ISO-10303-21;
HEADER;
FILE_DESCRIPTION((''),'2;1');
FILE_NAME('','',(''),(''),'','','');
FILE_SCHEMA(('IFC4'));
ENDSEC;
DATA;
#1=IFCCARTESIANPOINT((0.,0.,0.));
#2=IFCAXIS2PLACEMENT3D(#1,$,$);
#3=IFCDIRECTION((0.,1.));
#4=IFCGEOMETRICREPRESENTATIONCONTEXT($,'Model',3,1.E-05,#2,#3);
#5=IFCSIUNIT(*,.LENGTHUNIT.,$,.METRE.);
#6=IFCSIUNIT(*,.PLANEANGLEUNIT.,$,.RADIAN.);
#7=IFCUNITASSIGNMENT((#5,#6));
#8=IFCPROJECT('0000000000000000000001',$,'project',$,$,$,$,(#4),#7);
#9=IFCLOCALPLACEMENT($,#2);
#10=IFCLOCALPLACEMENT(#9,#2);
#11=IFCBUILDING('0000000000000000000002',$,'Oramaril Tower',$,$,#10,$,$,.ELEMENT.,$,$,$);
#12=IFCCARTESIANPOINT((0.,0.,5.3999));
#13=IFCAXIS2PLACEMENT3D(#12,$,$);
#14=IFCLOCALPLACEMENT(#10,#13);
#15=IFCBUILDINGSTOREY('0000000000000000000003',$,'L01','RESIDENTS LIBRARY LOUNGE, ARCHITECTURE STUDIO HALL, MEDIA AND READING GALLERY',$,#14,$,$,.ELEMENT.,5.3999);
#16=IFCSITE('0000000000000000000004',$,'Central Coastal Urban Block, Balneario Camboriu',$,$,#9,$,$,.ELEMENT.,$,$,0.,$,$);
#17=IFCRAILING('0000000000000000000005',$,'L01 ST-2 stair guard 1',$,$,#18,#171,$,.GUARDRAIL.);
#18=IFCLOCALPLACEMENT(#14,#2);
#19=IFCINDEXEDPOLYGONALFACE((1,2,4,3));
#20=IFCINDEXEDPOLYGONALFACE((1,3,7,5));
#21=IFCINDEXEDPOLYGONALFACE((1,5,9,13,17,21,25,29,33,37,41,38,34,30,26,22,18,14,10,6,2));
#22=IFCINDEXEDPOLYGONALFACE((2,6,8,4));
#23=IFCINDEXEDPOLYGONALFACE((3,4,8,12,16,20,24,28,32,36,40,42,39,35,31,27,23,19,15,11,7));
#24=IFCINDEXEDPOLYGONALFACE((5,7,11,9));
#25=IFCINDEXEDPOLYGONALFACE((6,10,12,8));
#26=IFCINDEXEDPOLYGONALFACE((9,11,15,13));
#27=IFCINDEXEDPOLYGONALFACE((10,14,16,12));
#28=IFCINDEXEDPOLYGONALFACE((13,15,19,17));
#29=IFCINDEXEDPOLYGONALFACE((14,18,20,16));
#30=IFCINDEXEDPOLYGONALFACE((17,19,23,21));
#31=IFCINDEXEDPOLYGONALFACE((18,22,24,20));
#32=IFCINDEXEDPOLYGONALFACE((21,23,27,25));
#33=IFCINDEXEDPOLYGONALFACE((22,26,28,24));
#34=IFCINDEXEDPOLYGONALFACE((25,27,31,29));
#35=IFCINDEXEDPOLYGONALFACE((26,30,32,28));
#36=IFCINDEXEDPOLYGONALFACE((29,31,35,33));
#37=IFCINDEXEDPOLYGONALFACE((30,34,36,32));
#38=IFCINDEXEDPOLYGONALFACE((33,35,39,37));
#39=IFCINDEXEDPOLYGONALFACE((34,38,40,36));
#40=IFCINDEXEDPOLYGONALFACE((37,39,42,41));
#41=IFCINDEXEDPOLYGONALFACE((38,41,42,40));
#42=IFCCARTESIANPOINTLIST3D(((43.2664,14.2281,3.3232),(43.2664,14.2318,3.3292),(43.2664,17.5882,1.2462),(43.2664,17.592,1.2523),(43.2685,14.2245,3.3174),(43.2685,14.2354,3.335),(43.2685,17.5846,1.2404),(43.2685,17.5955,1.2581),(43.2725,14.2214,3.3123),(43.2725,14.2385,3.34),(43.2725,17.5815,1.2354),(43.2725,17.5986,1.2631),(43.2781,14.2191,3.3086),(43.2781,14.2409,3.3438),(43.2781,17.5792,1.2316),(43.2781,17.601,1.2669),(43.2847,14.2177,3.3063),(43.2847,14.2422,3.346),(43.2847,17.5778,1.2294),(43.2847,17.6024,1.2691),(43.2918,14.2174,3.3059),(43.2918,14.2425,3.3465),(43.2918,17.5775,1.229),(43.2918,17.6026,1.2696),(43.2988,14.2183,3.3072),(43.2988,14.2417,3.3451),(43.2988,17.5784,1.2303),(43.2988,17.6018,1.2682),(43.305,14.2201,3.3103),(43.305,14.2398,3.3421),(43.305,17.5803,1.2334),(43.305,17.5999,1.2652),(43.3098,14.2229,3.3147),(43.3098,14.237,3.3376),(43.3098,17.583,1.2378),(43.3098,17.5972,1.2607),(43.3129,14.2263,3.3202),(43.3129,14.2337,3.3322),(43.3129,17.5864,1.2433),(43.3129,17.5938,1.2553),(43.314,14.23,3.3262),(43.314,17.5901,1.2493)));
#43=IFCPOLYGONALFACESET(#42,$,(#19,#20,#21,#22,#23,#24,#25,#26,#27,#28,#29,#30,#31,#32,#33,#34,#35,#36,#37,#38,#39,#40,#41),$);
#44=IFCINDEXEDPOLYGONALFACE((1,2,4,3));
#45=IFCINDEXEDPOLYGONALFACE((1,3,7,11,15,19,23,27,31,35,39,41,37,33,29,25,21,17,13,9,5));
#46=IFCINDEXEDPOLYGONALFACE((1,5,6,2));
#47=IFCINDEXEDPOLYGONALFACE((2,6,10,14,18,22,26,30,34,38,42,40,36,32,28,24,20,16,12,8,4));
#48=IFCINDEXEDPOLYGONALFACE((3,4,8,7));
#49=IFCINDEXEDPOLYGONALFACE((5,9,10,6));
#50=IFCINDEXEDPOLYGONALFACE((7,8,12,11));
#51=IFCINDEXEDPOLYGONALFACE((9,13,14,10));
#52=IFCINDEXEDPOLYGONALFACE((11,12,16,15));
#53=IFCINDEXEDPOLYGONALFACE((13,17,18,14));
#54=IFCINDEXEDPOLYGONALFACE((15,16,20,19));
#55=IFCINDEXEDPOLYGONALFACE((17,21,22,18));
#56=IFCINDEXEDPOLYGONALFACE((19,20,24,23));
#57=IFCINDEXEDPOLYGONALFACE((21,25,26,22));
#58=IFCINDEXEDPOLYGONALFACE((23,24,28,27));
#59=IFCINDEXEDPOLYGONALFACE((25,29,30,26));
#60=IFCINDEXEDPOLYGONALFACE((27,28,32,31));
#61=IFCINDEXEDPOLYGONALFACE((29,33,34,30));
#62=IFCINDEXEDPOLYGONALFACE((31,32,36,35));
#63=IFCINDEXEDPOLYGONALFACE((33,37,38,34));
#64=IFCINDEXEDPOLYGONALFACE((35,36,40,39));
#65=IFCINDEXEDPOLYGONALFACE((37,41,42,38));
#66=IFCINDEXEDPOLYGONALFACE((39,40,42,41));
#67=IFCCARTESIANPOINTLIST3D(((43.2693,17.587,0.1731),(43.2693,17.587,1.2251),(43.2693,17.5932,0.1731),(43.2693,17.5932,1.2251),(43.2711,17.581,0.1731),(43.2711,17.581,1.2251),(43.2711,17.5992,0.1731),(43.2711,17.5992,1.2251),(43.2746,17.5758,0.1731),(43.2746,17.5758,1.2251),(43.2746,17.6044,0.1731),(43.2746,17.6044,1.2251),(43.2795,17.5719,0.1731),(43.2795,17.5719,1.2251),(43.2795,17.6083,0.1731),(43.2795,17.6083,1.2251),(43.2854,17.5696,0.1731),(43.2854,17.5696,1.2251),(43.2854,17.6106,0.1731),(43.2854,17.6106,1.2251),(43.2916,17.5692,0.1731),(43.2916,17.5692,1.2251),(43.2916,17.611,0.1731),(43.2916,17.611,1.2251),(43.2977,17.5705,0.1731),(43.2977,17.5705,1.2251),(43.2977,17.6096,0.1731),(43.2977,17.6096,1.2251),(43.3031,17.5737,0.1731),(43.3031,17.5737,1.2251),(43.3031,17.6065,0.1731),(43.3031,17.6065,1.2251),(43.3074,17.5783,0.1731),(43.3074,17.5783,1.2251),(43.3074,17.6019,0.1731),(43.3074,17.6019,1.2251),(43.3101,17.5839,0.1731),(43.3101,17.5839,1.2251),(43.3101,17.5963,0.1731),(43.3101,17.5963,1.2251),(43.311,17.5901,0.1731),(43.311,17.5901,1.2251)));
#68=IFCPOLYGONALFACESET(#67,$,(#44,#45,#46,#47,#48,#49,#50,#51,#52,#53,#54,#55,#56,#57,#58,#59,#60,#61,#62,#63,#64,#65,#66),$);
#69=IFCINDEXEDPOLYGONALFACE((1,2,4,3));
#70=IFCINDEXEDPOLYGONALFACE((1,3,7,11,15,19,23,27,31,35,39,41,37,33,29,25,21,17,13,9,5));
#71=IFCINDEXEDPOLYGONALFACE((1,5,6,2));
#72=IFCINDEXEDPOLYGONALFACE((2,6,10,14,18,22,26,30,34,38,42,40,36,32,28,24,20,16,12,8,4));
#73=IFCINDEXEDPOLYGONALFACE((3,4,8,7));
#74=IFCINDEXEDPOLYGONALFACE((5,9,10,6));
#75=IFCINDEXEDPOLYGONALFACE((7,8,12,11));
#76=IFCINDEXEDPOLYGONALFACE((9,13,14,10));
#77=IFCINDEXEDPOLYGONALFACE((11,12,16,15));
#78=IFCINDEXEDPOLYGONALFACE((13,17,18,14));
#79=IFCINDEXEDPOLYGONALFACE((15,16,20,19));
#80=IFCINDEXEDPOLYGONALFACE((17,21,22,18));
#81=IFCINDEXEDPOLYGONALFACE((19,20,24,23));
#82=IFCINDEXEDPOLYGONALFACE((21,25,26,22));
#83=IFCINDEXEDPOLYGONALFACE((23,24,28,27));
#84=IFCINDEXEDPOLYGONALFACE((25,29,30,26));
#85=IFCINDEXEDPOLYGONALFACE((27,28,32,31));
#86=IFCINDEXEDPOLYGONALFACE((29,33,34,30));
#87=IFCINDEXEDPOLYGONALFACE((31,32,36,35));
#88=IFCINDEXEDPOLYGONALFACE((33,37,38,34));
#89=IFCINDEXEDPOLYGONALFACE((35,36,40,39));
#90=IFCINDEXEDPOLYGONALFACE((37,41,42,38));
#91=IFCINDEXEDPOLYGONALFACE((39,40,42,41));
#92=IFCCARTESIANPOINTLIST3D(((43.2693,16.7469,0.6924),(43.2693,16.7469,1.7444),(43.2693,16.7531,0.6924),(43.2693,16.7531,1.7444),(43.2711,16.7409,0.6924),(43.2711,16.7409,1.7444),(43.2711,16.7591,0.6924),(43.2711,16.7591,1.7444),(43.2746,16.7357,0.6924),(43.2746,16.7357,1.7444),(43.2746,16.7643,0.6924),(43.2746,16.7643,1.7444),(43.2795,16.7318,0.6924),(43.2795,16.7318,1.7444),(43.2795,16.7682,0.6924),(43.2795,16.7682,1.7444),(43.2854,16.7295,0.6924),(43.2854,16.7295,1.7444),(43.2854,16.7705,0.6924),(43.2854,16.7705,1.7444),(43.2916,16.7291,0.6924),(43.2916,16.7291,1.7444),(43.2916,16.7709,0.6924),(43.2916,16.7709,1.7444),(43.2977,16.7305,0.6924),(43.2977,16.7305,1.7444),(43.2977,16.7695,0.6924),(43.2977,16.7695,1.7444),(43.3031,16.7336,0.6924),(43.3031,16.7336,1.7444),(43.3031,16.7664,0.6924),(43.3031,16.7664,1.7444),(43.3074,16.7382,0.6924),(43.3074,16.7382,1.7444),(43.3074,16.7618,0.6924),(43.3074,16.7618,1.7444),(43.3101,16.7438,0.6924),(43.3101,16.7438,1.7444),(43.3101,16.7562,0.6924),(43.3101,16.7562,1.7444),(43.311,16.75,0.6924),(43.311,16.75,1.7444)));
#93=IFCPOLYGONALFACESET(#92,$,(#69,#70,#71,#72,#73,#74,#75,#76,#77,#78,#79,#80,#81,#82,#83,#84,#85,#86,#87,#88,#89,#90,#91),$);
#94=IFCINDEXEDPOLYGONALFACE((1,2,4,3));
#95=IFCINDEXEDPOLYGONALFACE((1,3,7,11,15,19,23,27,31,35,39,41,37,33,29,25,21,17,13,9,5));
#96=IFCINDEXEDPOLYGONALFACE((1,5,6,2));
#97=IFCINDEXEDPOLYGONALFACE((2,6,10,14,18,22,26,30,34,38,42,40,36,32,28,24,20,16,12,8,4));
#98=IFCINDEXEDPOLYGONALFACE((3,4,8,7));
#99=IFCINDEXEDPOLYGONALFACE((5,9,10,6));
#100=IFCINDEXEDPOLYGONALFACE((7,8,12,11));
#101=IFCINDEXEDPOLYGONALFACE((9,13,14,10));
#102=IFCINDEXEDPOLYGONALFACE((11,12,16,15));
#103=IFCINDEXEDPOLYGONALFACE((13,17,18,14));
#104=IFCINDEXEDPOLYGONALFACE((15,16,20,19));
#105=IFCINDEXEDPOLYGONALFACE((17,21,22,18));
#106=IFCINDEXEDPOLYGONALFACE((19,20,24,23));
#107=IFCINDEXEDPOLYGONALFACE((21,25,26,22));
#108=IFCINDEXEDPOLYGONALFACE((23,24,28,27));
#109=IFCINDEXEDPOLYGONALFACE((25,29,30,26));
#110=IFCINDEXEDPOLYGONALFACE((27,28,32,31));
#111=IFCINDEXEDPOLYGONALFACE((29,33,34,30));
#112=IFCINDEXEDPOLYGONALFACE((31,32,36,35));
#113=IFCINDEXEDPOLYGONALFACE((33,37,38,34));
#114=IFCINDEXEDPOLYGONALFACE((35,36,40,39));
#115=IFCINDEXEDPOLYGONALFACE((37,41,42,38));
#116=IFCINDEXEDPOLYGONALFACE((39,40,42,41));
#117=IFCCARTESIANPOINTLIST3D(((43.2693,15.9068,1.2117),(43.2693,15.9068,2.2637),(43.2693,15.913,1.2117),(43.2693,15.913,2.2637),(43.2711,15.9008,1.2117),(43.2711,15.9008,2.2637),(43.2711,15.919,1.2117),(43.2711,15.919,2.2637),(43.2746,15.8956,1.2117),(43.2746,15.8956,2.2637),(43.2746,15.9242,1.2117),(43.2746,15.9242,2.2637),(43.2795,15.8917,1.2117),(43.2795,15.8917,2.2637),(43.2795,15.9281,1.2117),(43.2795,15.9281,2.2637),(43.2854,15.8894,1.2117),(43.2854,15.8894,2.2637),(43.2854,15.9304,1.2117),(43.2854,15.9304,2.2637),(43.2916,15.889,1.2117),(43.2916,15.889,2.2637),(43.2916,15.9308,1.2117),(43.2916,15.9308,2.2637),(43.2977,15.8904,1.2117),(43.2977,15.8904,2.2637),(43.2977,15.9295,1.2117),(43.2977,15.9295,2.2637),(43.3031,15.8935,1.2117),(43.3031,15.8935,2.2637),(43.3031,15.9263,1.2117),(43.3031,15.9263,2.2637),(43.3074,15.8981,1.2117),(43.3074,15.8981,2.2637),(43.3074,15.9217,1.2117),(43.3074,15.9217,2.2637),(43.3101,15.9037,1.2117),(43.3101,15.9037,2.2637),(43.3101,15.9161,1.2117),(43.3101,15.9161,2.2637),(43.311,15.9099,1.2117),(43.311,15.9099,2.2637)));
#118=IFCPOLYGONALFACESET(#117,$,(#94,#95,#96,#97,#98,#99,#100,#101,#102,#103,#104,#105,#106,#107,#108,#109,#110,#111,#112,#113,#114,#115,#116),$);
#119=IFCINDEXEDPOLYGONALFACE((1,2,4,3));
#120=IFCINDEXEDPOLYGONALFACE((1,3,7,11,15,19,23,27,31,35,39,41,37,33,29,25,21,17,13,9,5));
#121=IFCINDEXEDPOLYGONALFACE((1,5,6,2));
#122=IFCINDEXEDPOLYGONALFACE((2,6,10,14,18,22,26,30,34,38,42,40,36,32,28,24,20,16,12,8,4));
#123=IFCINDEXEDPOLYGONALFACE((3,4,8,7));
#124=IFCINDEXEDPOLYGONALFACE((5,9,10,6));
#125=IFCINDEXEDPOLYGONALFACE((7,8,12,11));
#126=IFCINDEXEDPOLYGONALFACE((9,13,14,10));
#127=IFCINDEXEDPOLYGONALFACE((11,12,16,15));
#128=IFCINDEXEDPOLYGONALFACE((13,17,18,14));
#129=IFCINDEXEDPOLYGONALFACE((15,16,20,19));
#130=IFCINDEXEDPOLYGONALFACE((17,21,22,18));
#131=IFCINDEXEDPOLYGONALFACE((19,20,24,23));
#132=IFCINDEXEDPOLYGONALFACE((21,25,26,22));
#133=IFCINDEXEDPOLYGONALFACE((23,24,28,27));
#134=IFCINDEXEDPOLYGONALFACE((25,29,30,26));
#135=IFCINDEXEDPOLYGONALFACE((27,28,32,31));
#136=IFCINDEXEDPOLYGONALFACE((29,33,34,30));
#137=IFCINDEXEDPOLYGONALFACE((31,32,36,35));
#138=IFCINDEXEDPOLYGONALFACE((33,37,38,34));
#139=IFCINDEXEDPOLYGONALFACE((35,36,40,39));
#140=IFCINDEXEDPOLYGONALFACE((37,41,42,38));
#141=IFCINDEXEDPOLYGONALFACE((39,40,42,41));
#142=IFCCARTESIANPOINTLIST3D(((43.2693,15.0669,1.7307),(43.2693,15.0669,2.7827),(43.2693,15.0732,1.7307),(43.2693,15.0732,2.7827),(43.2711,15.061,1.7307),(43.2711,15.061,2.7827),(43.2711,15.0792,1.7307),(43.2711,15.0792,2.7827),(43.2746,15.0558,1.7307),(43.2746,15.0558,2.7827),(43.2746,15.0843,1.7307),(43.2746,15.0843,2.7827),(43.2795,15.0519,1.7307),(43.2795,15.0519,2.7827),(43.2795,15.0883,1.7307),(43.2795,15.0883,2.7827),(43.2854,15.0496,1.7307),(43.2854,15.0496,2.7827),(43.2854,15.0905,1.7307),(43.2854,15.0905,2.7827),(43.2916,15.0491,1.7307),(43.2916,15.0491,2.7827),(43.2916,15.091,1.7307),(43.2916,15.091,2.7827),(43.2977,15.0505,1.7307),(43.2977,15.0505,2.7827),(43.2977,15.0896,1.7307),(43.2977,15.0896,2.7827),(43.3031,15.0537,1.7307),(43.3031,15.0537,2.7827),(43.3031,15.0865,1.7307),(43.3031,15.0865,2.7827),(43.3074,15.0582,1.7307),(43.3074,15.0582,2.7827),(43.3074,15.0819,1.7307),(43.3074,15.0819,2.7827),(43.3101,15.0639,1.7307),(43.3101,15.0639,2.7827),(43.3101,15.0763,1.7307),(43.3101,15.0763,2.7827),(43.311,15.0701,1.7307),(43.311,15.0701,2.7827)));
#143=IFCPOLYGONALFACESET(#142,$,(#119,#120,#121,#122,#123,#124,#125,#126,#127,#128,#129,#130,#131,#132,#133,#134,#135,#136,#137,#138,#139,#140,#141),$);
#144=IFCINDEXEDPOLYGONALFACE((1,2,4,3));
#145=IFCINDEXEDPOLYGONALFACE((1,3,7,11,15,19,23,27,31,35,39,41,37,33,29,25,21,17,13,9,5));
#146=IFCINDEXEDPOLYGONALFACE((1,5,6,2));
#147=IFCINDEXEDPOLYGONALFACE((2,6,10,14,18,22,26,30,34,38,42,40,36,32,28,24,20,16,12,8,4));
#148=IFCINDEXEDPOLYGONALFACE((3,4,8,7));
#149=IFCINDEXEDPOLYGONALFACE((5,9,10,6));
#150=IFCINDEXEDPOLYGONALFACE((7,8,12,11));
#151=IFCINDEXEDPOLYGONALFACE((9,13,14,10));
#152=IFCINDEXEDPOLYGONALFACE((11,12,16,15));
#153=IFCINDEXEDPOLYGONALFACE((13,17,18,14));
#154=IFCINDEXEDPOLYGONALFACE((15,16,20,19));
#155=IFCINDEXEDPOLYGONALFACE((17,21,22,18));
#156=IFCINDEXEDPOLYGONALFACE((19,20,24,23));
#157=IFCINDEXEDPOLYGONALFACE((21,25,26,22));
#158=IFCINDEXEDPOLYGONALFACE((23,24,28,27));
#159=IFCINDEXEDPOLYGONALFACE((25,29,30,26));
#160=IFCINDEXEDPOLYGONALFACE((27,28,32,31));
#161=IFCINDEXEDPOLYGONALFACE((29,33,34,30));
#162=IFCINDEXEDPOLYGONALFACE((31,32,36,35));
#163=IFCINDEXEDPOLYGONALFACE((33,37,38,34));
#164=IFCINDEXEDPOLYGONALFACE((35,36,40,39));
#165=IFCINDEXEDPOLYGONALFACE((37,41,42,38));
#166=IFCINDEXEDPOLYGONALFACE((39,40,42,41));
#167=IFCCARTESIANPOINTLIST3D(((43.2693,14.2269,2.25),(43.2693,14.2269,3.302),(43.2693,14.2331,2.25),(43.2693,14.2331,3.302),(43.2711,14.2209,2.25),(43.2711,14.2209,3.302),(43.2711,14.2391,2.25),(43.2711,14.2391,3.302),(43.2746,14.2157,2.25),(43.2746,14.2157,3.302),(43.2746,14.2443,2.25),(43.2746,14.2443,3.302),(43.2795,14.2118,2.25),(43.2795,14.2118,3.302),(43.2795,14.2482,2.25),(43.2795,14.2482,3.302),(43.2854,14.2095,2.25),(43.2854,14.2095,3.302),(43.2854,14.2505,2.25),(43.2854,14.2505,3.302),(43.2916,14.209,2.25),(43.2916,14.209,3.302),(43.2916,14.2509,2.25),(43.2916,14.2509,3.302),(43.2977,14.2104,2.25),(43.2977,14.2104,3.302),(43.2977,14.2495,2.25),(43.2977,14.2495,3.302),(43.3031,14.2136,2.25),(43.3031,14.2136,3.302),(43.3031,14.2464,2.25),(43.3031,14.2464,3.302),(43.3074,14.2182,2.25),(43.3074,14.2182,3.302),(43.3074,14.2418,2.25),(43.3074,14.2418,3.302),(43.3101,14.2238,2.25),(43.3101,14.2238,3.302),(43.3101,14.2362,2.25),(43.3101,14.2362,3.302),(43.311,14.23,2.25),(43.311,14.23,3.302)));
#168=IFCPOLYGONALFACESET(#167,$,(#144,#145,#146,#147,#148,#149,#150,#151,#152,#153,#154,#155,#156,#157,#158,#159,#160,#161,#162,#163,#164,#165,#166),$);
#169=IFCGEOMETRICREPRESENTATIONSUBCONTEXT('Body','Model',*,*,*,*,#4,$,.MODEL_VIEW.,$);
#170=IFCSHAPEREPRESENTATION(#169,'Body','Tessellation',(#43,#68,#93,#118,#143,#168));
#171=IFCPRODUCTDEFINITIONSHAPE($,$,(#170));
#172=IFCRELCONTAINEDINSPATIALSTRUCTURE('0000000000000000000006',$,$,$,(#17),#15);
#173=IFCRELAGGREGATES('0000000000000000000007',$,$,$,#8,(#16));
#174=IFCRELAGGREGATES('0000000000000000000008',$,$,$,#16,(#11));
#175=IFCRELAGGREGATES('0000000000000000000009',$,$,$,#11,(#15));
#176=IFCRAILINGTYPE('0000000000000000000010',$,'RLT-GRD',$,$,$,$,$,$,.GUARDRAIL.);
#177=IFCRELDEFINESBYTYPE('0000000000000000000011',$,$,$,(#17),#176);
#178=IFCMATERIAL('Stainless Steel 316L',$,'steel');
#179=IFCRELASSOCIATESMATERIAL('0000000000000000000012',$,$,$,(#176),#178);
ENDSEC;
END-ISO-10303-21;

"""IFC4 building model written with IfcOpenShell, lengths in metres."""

from ifc_helpers import new_model, si_unit, direction, frame, origin, origin_2d, place, context, subcontext, project, spatial, circle, extrude, material, type_object, element, save


model = new_model("IFC4")

# Units and contexts
model_context = context("Model", 3, precision=1e-05, world=origin(), true_north=direction((0.0, 1.0)))
body_context = subcontext(model_context, "Body", "Model", "MODEL_VIEW")
ifc_project = project(units=[si_unit("LENGTHUNIT", "METRE"), si_unit("PLANEANGLEUNIT", "RADIAN")], contexts=[model_context])

# Site, building, storey
site_placement = place(None, origin())
site = spatial("IfcSite", under=ifc_project, at=site_placement, Name="Central Coastal Urban Block, Balneario Camboriu", CompositionType="ELEMENT", RefElevation=0.0)
building_placement = place(site_placement, origin())
building = spatial("IfcBuilding", under=site, at=building_placement, Name="Oramaril Tower", CompositionType="ELEMENT")
storey_placement = place(building_placement, frame((0.0, 0.0, 5.3999)))
storey = spatial("IfcBuildingStorey", under=building, at=storey_placement, Name="L01", Description="RESIDENTS LIBRARY LOUNGE, ARCHITECTURE STUDIO HALL, MEDIA AND READING GALLERY", CompositionType="ELEMENT", Elevation=5.3999)

# Railing
ifc_material_1 = material(Name="Stainless Steel 316L", Category="steel")
railing_type_1 = type_object("IfcRailingType", Name="RLT-GRD", PredefinedType="GUARDRAIL", material=ifc_material_1)
railing_1_placement = place(storey_placement, frame((43.29, 17.5901, 0.1731)))
element("IfcRailing", 1, at=railing_1_placement, inside=storey, type_object=railing_type_1, Name="L01 ST-2 stair guard 1", PredefinedType="GUARDRAIL", context=body_context, shape_type="SweptSolid", body=[
    extrude(circle(Radius=0.0239, at=origin_2d()), frame((0.0, 0.0, 1.0762), z_axis=(0.0, -0.850623, 0.525776), x_axis=(1.0, 0.0, 0.0)), (0.0, 0.0, 1.0), 3.9502),
    extrude(circle(Radius=0.021, at=origin_2d()), origin(), (0.0, 0.0, 1.0), 1.052),
    extrude(circle(Radius=0.021, at=origin_2d()), frame((0.0, -0.8401, 0.5193)), (0.0, 0.0, 1.0), 1.052),
    extrude(circle(Radius=0.021, at=origin_2d()), frame((0.0, -1.6802, 1.0386)), (0.0, 0.0, 1.0), 1.052),
    extrude(circle(Radius=0.021, at=origin_2d()), frame((0.0, -2.52, 1.5576)), (0.0, 0.0, 1.0), 1.052),
    extrude(circle(Radius=0.021, at=origin_2d()), frame((0.0, -3.3601, 2.0769)), (0.0, 0.0, 1.0), 1.052),
])

save(model, "model.ifc")
